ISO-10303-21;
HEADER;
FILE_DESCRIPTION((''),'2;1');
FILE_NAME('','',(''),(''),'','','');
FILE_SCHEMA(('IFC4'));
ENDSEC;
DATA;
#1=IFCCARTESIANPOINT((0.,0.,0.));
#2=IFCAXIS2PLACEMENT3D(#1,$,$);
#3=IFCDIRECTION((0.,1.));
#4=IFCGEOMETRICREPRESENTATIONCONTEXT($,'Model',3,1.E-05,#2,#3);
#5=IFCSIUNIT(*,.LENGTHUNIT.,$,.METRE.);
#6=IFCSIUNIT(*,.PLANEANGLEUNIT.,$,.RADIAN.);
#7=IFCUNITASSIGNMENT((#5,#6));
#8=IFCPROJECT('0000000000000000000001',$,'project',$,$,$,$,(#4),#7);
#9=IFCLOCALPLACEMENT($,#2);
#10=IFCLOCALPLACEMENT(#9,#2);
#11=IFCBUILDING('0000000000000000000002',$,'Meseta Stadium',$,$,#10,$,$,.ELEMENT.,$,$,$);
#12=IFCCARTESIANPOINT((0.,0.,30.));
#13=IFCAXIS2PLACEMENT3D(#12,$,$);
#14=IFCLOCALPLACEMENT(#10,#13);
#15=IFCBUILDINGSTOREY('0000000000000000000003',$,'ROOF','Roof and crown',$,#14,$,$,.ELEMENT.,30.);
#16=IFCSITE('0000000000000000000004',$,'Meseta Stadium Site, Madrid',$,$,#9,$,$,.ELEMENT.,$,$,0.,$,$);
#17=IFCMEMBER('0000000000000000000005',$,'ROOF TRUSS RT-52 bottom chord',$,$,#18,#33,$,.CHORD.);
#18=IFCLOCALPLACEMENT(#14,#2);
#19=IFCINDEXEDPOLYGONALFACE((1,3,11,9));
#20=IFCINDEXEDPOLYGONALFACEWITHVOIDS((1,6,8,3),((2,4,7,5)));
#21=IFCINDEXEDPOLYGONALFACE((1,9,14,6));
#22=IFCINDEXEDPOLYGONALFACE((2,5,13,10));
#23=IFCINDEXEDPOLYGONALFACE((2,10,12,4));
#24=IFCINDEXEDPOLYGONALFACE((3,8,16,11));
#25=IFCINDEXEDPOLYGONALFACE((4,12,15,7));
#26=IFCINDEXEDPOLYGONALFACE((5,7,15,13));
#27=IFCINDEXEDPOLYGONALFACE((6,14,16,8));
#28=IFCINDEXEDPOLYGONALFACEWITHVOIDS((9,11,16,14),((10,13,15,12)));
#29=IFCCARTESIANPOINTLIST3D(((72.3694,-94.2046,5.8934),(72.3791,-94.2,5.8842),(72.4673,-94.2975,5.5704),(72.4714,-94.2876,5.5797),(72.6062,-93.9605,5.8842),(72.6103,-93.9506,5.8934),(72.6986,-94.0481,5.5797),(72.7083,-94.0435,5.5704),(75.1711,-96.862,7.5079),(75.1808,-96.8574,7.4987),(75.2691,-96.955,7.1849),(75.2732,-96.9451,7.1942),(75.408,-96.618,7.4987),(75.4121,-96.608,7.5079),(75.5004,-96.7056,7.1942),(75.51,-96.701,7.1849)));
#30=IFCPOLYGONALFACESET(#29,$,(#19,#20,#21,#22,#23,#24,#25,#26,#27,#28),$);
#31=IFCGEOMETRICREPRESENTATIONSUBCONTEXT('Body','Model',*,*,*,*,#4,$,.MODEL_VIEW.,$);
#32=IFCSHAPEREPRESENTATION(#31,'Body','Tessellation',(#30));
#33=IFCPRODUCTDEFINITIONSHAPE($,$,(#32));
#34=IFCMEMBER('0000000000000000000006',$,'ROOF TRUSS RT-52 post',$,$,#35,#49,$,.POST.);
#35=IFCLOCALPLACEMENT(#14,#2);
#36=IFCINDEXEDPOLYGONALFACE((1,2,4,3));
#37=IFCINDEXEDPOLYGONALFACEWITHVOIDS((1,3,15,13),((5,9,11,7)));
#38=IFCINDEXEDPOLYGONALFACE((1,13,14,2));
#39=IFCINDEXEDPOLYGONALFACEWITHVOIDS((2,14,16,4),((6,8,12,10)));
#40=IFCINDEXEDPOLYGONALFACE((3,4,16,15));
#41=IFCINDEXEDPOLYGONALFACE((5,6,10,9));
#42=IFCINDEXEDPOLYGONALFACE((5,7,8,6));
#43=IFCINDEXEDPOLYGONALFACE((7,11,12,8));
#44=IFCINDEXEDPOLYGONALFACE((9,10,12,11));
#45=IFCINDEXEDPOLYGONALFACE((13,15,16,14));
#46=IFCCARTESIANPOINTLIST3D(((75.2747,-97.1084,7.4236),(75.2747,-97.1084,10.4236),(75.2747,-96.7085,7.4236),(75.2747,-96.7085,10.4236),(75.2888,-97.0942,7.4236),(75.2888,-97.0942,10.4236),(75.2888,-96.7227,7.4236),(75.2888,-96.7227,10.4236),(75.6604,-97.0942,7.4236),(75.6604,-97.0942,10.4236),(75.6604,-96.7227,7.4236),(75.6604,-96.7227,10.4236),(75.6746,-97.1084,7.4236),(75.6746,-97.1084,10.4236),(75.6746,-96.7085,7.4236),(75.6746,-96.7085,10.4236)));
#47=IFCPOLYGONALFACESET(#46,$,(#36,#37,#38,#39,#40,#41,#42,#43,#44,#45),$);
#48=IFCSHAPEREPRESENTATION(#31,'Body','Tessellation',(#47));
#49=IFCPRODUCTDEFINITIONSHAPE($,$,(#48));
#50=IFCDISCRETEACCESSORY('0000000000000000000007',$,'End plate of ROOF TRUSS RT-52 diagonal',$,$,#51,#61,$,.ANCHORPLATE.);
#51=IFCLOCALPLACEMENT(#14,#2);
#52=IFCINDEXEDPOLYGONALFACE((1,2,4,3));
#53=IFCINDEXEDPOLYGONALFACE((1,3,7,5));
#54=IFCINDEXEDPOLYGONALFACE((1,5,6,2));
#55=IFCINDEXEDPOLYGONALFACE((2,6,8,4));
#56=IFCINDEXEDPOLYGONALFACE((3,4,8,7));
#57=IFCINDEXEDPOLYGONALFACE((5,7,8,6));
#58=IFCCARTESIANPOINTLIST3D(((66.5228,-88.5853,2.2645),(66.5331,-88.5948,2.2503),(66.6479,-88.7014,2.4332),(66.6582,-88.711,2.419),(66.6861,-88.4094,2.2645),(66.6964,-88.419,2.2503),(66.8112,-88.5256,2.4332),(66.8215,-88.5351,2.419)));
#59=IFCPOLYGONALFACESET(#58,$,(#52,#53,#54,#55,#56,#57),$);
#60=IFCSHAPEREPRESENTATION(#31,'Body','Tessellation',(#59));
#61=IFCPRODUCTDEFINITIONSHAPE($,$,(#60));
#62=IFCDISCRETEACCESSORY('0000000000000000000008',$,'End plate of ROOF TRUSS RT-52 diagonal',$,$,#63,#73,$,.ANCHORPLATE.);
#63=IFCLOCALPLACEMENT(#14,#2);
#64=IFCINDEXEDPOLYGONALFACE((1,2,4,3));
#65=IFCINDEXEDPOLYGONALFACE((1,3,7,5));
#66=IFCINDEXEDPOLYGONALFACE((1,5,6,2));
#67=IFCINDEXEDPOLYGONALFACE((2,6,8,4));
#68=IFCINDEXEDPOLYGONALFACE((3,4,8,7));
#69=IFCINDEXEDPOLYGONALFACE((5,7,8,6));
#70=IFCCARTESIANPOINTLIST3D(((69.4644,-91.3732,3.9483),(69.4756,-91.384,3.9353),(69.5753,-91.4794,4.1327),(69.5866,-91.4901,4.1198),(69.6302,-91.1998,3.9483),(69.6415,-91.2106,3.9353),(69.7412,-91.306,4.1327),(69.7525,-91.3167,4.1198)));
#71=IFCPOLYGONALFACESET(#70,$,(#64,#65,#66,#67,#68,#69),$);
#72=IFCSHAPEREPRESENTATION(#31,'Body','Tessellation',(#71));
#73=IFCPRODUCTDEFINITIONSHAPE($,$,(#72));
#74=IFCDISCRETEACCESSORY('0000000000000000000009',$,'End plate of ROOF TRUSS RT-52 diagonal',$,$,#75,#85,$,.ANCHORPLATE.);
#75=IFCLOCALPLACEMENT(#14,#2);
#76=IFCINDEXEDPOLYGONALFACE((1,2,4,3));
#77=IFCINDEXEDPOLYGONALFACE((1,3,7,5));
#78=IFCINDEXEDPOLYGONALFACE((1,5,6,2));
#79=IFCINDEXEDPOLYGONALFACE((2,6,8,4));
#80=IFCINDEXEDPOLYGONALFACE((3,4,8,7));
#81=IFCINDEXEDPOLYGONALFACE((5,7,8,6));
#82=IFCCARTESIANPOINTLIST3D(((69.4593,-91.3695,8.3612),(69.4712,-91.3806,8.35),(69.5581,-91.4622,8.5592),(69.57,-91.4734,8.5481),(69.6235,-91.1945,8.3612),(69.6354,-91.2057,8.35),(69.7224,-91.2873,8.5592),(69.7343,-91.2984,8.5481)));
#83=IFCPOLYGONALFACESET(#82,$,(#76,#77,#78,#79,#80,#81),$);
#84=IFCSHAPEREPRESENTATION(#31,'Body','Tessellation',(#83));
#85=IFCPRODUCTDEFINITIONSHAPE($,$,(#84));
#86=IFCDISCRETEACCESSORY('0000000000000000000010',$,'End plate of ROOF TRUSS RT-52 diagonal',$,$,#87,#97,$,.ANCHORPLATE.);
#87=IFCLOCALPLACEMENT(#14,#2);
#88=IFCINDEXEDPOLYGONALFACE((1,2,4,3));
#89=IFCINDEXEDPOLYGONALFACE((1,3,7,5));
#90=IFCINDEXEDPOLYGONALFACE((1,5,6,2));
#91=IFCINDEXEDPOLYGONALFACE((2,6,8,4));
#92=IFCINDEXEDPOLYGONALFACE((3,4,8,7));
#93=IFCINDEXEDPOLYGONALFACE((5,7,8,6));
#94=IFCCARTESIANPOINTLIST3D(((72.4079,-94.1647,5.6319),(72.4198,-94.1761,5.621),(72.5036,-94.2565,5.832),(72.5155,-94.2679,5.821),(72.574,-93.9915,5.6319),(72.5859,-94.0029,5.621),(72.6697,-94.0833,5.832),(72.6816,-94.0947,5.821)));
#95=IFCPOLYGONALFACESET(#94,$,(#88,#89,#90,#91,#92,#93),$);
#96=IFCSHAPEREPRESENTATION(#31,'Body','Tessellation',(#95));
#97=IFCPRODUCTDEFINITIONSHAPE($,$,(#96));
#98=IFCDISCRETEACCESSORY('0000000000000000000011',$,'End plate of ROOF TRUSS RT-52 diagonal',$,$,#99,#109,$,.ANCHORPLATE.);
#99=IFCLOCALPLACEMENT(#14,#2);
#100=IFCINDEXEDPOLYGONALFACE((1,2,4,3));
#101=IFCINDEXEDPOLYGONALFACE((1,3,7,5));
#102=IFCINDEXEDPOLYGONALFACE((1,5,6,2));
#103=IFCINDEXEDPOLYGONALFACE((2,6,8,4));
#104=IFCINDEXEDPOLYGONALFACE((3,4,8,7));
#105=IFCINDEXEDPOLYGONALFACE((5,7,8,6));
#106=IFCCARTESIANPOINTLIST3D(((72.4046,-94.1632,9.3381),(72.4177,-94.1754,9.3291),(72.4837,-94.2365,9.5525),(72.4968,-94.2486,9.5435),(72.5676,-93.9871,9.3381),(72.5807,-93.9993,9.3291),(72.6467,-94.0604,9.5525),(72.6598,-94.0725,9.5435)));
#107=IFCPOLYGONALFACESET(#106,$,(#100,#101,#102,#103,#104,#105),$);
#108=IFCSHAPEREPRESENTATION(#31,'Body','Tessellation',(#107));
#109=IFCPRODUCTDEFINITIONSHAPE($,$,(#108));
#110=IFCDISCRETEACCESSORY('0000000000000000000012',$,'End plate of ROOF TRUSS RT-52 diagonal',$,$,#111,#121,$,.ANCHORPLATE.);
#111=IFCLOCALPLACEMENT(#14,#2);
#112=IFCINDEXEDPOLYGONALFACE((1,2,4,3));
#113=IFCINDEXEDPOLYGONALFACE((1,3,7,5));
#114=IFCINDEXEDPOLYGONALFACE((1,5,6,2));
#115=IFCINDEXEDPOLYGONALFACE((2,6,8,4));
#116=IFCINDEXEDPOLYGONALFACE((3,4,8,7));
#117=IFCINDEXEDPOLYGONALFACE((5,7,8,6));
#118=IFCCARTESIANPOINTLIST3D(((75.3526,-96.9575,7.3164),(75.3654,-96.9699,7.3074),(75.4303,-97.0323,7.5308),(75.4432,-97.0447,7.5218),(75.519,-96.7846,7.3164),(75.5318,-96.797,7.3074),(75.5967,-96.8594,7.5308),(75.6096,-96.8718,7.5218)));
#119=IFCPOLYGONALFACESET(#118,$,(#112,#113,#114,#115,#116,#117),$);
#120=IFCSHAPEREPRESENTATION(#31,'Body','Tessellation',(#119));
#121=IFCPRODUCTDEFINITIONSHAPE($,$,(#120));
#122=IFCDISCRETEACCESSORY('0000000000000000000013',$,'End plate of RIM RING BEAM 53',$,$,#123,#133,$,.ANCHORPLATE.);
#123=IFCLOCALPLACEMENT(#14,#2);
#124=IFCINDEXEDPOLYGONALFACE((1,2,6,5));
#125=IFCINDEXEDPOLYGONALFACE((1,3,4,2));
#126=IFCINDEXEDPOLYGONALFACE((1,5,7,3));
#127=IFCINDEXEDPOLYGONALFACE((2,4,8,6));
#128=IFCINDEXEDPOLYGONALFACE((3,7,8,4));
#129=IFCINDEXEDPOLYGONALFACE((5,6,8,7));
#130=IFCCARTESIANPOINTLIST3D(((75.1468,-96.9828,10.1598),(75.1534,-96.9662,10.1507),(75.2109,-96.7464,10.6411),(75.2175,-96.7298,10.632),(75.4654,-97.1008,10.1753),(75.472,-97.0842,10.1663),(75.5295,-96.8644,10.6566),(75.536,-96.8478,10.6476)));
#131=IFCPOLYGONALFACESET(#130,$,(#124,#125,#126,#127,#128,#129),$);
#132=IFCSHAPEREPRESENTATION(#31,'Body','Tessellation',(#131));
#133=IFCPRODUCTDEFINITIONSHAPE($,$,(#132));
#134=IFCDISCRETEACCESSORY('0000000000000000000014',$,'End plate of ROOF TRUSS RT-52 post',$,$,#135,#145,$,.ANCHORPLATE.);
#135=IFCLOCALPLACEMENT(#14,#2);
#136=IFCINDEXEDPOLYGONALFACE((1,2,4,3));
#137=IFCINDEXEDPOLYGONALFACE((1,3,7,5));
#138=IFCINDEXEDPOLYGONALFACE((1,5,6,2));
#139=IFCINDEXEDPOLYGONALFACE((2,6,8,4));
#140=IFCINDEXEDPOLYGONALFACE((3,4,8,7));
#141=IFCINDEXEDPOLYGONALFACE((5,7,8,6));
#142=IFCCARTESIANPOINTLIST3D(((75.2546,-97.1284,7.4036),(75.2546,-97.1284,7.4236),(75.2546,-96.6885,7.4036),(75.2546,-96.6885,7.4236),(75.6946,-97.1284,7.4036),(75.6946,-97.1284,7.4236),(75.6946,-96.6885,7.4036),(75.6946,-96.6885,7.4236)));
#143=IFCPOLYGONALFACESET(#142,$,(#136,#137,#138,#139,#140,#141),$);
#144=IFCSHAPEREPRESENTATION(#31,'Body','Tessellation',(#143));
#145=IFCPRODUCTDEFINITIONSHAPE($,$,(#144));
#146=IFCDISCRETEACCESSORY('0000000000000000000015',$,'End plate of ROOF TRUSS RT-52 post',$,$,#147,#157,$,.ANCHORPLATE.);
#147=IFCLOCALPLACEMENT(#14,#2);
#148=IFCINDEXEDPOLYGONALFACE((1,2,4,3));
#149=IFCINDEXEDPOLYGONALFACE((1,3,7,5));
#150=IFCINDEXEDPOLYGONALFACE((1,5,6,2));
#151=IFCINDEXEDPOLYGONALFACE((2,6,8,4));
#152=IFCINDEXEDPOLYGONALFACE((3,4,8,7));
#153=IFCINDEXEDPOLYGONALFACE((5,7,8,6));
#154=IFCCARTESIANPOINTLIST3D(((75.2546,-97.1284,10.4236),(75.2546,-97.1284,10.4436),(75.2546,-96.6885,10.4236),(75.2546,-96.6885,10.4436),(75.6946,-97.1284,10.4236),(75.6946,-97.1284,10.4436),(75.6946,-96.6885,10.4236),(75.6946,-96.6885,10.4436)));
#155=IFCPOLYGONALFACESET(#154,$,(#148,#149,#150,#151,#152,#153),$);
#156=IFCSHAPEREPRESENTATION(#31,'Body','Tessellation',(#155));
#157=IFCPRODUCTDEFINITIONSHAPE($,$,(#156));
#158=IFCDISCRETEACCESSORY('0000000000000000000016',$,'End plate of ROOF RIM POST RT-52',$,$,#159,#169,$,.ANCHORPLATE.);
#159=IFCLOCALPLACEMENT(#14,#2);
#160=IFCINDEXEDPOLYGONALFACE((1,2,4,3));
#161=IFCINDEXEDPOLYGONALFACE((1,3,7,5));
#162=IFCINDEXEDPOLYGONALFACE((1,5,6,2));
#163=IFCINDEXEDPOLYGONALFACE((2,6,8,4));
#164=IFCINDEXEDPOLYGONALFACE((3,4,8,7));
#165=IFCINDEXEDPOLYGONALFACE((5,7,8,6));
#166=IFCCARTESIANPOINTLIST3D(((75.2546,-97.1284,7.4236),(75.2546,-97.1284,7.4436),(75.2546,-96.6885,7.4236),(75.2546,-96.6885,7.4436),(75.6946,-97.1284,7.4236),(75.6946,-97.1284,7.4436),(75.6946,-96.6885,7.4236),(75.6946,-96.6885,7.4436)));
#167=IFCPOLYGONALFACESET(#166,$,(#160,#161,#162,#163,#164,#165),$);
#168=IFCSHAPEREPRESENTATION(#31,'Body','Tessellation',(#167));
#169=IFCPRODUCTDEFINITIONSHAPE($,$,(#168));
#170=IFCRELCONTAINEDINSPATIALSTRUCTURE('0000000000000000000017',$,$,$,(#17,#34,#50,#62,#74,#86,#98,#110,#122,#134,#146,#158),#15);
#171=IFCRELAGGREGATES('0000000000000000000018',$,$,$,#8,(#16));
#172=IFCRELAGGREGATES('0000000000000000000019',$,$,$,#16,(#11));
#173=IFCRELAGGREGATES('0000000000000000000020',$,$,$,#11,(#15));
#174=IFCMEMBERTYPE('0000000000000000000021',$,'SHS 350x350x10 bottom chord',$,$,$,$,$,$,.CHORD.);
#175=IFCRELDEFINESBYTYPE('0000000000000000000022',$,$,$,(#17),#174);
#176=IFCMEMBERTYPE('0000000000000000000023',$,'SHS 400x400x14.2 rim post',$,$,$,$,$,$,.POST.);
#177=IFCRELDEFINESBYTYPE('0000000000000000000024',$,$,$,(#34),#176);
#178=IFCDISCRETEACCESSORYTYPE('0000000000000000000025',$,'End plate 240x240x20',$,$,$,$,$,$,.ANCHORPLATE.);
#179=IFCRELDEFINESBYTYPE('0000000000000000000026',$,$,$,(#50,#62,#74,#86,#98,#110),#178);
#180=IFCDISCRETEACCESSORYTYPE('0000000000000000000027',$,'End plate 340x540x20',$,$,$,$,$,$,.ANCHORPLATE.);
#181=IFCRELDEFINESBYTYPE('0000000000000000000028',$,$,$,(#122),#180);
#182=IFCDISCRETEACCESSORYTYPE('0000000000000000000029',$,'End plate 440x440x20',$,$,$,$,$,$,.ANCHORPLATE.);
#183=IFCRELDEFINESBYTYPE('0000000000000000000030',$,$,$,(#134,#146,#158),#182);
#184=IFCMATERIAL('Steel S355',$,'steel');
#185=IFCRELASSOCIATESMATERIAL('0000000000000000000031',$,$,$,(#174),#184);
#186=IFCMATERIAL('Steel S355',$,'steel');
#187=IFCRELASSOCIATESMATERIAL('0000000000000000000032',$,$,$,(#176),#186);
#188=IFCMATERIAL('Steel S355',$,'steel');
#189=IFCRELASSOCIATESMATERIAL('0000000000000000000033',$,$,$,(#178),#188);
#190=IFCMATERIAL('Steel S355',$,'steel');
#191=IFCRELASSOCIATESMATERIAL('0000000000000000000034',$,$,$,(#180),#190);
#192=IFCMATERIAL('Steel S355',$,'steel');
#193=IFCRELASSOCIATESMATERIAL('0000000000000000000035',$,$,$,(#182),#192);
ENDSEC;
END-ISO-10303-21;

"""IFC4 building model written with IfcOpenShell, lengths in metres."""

from ifc_helpers import new_model, si_unit, direction, frame, origin, origin_2d, place, context, subcontext, project, spatial, rectangle, hollow_rectangle, extrude, material, material_profile, profile_set, type_object, element, save


model = new_model("IFC4")

# Units and contexts
model_context = context("Model", 3, precision=1e-05, world=origin(), true_north=direction((0.0, 1.0)))
body_context = subcontext(model_context, "Body", "Model", "MODEL_VIEW")
ifc_project = project(units=[si_unit("LENGTHUNIT", "METRE"), si_unit("PLANEANGLEUNIT", "RADIAN")], contexts=[model_context])

# Site, building, storey
site_placement = place(None, origin())
site = spatial("IfcSite", under=ifc_project, at=site_placement, Name="Meseta Stadium Site, Madrid", CompositionType="ELEMENT", RefElevation=0.0)
building_placement = place(site_placement, origin())
building = spatial("IfcBuilding", under=site, at=building_placement, Name="Meseta Stadium", CompositionType="ELEMENT")
storey_placement = place(building_placement, frame((0.0, 0.0, 30.0)))
storey = spatial("IfcBuildingStorey", under=building, at=storey_placement, Name="ROOF", Description="Roof and crown", CompositionType="ELEMENT", Elevation=30.0)

# Members
ifc_material_1 = material(Name="Steel S355", Category="steel")
ifc_material_profile_1 = material_profile(ifc_material_1, hollow_rectangle(XDim=0.3501, YDim=0.3501, WallThickness=0.01, at=origin_2d()), Name="SHS 350x350x10")
ifc_profile_set_1 = profile_set([ifc_material_profile_1], Name="Steel S355")
member_type_1 = type_object("IfcMemberType", Name="SHS 350x350x10 bottom chord", PredefinedType="CHORD", material=ifc_profile_set_1)
member_1_placement = place(storey_placement, frame((72.5388, -94.124, 5.7319), z_axis=(0.669392, -0.634919, 0.385735), x_axis=(0.688178, 0.725542, 0.0)))
element("IfcMember", 1, at=member_1_placement, inside=storey, type_object=member_type_1, Name="ROOF TRUSS RT-52 bottom chord", PredefinedType="CHORD", context=body_context, shape_type="SweptSolid", body=[
    extrude(hollow_rectangle(XDim=0.3501, YDim=0.3501, WallThickness=0.01, at=origin_2d()), origin(), (0.0, 0.0, 1.0), 4.1855),
])
ifc_material_2 = material(Name="Steel S355", Category="steel")
ifc_material_profile_2 = material_profile(ifc_material_2, hollow_rectangle(XDim=0.3999, YDim=0.3999, WallThickness=0.0142, at=origin_2d()), Name="SHS 400x400x14.2")
ifc_profile_set_2 = profile_set([ifc_material_profile_2], Name="Steel S355")
member_type_2 = type_object("IfcMemberType", Name="SHS 400x400x14.2 rim post", PredefinedType="POST", material=ifc_profile_set_2)
member_2_placement = place(storey_placement, frame((75.4746, -96.9084, 7.4236), z_axis=(0.0, 0.0, 1.0), x_axis=(1.0, 0.0, 0.0)))
element("IfcMember", 2, at=member_2_placement, inside=storey, type_object=member_type_2, Name="ROOF TRUSS RT-52 post", PredefinedType="POST", context=body_context, shape_type="SweptSolid", body=[
    extrude(hollow_rectangle(XDim=0.3999, YDim=0.3999, WallThickness=0.0142, at=origin_2d()), origin(), (0.0, 0.0, 1.0), 3.0),
])

# Discrete accessories
ifc_material_3 = material(Name="Steel S355", Category="steel")
ifc_material_profile_3 = material_profile(ifc_material_3, rectangle(XDim=0.24, YDim=0.24, at=origin_2d()), Name="PL 240x240")
ifc_profile_set_3 = profile_set([ifc_material_profile_3], Name="Steel S355")
discrete_accessory_type_1 = type_object("IfcDiscreteAccessoryType", Name="End plate 240x240x20", PredefinedType="ANCHORPLATE", material=ifc_profile_set_3)
discrete_accessory_1_placement = place(storey_placement, frame((66.667, -88.5554, 2.3489), z_axis=(0.515076, -0.478285, -0.711295), x_axis=(0.680451, 0.732793, 0.0)))
element("IfcDiscreteAccessory", 3, at=discrete_accessory_1_placement, inside=storey, type_object=discrete_accessory_type_1, Name="End plate of ROOF TRUSS RT-52 diagonal", PredefinedType="ANCHORPLATE", context=body_context, shape_type="SweptSolid", body=[
    extrude(rectangle(XDim=0.24, YDim=0.24, at=origin_2d()), origin(), (0.0, 0.0, 1.0), 0.02),
])
discrete_accessory_2_placement = place(storey_placement, frame((69.6028, -91.3396, 4.0405), z_axis=(0.555347, -0.531201, -0.639856), x_axis=(0.691223, 0.722642, 0.0)))
element("IfcDiscreteAccessory", 4, at=discrete_accessory_2_placement, inside=storey, type_object=discrete_accessory_type_1, Name="End plate of ROOF TRUSS RT-52 diagonal", PredefinedType="ANCHORPLATE", context=body_context, shape_type="SweptSolid", body=[
    extrude(rectangle(XDim=0.24, YDim=0.24, at=origin_2d()), origin(), (0.0, 0.0, 1.0), 0.0203),
])
for number, where, z_axis, x_axis, name in (
    (5, (69.5908, -91.3284, 8.4602), (0.601646, -0.564811, -0.564811), (0.684436, 0.729073, 0.0), "End plate of ROOF TRUSS RT-52 diagonal"),
    (6, (72.5388, -94.124, 5.7319), (0.601555, -0.577002, -0.552449), (0.692225, 0.721682, 0.0), "End plate of ROOF TRUSS RT-52 diagonal"),
):
    element("IfcDiscreteAccessory", number, at=place(storey_placement, frame(where, z_axis=z_axis, x_axis=x_axis)), inside=storey, type_object=discrete_accessory_type_1, Name=name, PredefinedType="ANCHORPLATE", context=body_context, shape_type="SweptSolid", body=[
        extrude(rectangle(XDim=0.24, YDim=0.24, at=origin_2d()), origin(), (0.0, 0.0, 1.0), 0.0198),
    ])
for number, where, z_axis, x_axis, name in (
    (7, (72.5256, -94.1118, 9.4453), (0.65557, -0.607009, -0.449187), (0.679408, 0.733761, 0.0), "End plate of ROOF TRUSS RT-52 diagonal"),
    (8, (75.4746, -96.9084, 7.4236), (0.643714, -0.619423, -0.449385), (0.69338, 0.720572, 0.0), "End plate of ROOF TRUSS RT-52 diagonal"),
):
    element("IfcDiscreteAccessory", number, at=place(storey_placement, frame(where, z_axis=z_axis, x_axis=x_axis)), inside=storey, type_object=discrete_accessory_type_1, Name=name, PredefinedType="ANCHORPLATE", context=body_context, shape_type="SweptSolid", body=[
        extrude(rectangle(XDim=0.24, YDim=0.24, at=origin_2d()), origin(), (0.0, 0.0, 1.0), 0.02),
    ])
ifc_material_4 = material(Name="Steel S355", Category="steel")
ifc_material_profile_4 = material_profile(ifc_material_4, rectangle(XDim=0.3401, YDim=0.54, at=origin_2d()), Name="PL 340x540")
ifc_profile_set_4 = profile_set([ifc_material_profile_4], Name="Steel S355")
discrete_accessory_type_2 = type_object("IfcDiscreteAccessoryType", Name="End plate 340x540x20", PredefinedType="ANCHORPLATE", material=ifc_profile_set_4)
discrete_accessory_3_placement = place(storey_placement, frame((75.3381, -96.9236, 10.4082), z_axis=(0.329317, 0.829392, -0.451287), x_axis=(-0.936737, 0.347028, -0.045784)))
element("IfcDiscreteAccessory", 9, at=discrete_accessory_3_placement, inside=storey, type_object=discrete_accessory_type_2, Name="End plate of RIM RING BEAM 53", PredefinedType="ANCHORPLATE", context=body_context, shape_type="SweptSolid", body=[
    extrude(rectangle(XDim=0.3401, YDim=0.54, at=origin_2d()), origin(), (0.0, 0.0, 1.0), 0.02),
])
ifc_material_5 = material(Name="Steel S355", Category="steel")
ifc_material_profile_5 = material_profile(ifc_material_5, rectangle(XDim=0.4399, YDim=0.4399, at=origin_2d()), Name="PL 440x440")
ifc_profile_set_5 = profile_set([ifc_material_profile_5], Name="Steel S355")
discrete_accessory_type_3 = type_object("IfcDiscreteAccessoryType", Name="End plate 440x440x20", PredefinedType="ANCHORPLATE", material=ifc_profile_set_5)
for number, where, z_axis, x_axis, name in (
    (10, (75.4746, -96.9084, 7.4036), (0.0, 0.0, 1.0), (1.0, 0.0, 0.0), "End plate of ROOF TRUSS RT-52 post"),
    (11, (75.4746, -96.9084, 10.4236), (0.0, 0.0, 1.0), (1.0, 0.0, 0.0), "End plate of ROOF TRUSS RT-52 post"),
    (12, (75.4746, -96.9084, 7.4236), (0.0, 0.0, 1.0), (1.0, 0.0, 0.0), "End plate of ROOF RIM POST RT-52"),
):
    element("IfcDiscreteAccessory", number, at=place(storey_placement, frame(where, z_axis=z_axis, x_axis=x_axis)), inside=storey, type_object=discrete_accessory_type_3, Name=name, PredefinedType="ANCHORPLATE", context=body_context, shape_type="SweptSolid", body=[
        extrude(rectangle(XDim=0.4399, YDim=0.4399, at=origin_2d()), origin(), (0.0, 0.0, 1.0), 0.02),
    ])

save(model, "model.ifc")
